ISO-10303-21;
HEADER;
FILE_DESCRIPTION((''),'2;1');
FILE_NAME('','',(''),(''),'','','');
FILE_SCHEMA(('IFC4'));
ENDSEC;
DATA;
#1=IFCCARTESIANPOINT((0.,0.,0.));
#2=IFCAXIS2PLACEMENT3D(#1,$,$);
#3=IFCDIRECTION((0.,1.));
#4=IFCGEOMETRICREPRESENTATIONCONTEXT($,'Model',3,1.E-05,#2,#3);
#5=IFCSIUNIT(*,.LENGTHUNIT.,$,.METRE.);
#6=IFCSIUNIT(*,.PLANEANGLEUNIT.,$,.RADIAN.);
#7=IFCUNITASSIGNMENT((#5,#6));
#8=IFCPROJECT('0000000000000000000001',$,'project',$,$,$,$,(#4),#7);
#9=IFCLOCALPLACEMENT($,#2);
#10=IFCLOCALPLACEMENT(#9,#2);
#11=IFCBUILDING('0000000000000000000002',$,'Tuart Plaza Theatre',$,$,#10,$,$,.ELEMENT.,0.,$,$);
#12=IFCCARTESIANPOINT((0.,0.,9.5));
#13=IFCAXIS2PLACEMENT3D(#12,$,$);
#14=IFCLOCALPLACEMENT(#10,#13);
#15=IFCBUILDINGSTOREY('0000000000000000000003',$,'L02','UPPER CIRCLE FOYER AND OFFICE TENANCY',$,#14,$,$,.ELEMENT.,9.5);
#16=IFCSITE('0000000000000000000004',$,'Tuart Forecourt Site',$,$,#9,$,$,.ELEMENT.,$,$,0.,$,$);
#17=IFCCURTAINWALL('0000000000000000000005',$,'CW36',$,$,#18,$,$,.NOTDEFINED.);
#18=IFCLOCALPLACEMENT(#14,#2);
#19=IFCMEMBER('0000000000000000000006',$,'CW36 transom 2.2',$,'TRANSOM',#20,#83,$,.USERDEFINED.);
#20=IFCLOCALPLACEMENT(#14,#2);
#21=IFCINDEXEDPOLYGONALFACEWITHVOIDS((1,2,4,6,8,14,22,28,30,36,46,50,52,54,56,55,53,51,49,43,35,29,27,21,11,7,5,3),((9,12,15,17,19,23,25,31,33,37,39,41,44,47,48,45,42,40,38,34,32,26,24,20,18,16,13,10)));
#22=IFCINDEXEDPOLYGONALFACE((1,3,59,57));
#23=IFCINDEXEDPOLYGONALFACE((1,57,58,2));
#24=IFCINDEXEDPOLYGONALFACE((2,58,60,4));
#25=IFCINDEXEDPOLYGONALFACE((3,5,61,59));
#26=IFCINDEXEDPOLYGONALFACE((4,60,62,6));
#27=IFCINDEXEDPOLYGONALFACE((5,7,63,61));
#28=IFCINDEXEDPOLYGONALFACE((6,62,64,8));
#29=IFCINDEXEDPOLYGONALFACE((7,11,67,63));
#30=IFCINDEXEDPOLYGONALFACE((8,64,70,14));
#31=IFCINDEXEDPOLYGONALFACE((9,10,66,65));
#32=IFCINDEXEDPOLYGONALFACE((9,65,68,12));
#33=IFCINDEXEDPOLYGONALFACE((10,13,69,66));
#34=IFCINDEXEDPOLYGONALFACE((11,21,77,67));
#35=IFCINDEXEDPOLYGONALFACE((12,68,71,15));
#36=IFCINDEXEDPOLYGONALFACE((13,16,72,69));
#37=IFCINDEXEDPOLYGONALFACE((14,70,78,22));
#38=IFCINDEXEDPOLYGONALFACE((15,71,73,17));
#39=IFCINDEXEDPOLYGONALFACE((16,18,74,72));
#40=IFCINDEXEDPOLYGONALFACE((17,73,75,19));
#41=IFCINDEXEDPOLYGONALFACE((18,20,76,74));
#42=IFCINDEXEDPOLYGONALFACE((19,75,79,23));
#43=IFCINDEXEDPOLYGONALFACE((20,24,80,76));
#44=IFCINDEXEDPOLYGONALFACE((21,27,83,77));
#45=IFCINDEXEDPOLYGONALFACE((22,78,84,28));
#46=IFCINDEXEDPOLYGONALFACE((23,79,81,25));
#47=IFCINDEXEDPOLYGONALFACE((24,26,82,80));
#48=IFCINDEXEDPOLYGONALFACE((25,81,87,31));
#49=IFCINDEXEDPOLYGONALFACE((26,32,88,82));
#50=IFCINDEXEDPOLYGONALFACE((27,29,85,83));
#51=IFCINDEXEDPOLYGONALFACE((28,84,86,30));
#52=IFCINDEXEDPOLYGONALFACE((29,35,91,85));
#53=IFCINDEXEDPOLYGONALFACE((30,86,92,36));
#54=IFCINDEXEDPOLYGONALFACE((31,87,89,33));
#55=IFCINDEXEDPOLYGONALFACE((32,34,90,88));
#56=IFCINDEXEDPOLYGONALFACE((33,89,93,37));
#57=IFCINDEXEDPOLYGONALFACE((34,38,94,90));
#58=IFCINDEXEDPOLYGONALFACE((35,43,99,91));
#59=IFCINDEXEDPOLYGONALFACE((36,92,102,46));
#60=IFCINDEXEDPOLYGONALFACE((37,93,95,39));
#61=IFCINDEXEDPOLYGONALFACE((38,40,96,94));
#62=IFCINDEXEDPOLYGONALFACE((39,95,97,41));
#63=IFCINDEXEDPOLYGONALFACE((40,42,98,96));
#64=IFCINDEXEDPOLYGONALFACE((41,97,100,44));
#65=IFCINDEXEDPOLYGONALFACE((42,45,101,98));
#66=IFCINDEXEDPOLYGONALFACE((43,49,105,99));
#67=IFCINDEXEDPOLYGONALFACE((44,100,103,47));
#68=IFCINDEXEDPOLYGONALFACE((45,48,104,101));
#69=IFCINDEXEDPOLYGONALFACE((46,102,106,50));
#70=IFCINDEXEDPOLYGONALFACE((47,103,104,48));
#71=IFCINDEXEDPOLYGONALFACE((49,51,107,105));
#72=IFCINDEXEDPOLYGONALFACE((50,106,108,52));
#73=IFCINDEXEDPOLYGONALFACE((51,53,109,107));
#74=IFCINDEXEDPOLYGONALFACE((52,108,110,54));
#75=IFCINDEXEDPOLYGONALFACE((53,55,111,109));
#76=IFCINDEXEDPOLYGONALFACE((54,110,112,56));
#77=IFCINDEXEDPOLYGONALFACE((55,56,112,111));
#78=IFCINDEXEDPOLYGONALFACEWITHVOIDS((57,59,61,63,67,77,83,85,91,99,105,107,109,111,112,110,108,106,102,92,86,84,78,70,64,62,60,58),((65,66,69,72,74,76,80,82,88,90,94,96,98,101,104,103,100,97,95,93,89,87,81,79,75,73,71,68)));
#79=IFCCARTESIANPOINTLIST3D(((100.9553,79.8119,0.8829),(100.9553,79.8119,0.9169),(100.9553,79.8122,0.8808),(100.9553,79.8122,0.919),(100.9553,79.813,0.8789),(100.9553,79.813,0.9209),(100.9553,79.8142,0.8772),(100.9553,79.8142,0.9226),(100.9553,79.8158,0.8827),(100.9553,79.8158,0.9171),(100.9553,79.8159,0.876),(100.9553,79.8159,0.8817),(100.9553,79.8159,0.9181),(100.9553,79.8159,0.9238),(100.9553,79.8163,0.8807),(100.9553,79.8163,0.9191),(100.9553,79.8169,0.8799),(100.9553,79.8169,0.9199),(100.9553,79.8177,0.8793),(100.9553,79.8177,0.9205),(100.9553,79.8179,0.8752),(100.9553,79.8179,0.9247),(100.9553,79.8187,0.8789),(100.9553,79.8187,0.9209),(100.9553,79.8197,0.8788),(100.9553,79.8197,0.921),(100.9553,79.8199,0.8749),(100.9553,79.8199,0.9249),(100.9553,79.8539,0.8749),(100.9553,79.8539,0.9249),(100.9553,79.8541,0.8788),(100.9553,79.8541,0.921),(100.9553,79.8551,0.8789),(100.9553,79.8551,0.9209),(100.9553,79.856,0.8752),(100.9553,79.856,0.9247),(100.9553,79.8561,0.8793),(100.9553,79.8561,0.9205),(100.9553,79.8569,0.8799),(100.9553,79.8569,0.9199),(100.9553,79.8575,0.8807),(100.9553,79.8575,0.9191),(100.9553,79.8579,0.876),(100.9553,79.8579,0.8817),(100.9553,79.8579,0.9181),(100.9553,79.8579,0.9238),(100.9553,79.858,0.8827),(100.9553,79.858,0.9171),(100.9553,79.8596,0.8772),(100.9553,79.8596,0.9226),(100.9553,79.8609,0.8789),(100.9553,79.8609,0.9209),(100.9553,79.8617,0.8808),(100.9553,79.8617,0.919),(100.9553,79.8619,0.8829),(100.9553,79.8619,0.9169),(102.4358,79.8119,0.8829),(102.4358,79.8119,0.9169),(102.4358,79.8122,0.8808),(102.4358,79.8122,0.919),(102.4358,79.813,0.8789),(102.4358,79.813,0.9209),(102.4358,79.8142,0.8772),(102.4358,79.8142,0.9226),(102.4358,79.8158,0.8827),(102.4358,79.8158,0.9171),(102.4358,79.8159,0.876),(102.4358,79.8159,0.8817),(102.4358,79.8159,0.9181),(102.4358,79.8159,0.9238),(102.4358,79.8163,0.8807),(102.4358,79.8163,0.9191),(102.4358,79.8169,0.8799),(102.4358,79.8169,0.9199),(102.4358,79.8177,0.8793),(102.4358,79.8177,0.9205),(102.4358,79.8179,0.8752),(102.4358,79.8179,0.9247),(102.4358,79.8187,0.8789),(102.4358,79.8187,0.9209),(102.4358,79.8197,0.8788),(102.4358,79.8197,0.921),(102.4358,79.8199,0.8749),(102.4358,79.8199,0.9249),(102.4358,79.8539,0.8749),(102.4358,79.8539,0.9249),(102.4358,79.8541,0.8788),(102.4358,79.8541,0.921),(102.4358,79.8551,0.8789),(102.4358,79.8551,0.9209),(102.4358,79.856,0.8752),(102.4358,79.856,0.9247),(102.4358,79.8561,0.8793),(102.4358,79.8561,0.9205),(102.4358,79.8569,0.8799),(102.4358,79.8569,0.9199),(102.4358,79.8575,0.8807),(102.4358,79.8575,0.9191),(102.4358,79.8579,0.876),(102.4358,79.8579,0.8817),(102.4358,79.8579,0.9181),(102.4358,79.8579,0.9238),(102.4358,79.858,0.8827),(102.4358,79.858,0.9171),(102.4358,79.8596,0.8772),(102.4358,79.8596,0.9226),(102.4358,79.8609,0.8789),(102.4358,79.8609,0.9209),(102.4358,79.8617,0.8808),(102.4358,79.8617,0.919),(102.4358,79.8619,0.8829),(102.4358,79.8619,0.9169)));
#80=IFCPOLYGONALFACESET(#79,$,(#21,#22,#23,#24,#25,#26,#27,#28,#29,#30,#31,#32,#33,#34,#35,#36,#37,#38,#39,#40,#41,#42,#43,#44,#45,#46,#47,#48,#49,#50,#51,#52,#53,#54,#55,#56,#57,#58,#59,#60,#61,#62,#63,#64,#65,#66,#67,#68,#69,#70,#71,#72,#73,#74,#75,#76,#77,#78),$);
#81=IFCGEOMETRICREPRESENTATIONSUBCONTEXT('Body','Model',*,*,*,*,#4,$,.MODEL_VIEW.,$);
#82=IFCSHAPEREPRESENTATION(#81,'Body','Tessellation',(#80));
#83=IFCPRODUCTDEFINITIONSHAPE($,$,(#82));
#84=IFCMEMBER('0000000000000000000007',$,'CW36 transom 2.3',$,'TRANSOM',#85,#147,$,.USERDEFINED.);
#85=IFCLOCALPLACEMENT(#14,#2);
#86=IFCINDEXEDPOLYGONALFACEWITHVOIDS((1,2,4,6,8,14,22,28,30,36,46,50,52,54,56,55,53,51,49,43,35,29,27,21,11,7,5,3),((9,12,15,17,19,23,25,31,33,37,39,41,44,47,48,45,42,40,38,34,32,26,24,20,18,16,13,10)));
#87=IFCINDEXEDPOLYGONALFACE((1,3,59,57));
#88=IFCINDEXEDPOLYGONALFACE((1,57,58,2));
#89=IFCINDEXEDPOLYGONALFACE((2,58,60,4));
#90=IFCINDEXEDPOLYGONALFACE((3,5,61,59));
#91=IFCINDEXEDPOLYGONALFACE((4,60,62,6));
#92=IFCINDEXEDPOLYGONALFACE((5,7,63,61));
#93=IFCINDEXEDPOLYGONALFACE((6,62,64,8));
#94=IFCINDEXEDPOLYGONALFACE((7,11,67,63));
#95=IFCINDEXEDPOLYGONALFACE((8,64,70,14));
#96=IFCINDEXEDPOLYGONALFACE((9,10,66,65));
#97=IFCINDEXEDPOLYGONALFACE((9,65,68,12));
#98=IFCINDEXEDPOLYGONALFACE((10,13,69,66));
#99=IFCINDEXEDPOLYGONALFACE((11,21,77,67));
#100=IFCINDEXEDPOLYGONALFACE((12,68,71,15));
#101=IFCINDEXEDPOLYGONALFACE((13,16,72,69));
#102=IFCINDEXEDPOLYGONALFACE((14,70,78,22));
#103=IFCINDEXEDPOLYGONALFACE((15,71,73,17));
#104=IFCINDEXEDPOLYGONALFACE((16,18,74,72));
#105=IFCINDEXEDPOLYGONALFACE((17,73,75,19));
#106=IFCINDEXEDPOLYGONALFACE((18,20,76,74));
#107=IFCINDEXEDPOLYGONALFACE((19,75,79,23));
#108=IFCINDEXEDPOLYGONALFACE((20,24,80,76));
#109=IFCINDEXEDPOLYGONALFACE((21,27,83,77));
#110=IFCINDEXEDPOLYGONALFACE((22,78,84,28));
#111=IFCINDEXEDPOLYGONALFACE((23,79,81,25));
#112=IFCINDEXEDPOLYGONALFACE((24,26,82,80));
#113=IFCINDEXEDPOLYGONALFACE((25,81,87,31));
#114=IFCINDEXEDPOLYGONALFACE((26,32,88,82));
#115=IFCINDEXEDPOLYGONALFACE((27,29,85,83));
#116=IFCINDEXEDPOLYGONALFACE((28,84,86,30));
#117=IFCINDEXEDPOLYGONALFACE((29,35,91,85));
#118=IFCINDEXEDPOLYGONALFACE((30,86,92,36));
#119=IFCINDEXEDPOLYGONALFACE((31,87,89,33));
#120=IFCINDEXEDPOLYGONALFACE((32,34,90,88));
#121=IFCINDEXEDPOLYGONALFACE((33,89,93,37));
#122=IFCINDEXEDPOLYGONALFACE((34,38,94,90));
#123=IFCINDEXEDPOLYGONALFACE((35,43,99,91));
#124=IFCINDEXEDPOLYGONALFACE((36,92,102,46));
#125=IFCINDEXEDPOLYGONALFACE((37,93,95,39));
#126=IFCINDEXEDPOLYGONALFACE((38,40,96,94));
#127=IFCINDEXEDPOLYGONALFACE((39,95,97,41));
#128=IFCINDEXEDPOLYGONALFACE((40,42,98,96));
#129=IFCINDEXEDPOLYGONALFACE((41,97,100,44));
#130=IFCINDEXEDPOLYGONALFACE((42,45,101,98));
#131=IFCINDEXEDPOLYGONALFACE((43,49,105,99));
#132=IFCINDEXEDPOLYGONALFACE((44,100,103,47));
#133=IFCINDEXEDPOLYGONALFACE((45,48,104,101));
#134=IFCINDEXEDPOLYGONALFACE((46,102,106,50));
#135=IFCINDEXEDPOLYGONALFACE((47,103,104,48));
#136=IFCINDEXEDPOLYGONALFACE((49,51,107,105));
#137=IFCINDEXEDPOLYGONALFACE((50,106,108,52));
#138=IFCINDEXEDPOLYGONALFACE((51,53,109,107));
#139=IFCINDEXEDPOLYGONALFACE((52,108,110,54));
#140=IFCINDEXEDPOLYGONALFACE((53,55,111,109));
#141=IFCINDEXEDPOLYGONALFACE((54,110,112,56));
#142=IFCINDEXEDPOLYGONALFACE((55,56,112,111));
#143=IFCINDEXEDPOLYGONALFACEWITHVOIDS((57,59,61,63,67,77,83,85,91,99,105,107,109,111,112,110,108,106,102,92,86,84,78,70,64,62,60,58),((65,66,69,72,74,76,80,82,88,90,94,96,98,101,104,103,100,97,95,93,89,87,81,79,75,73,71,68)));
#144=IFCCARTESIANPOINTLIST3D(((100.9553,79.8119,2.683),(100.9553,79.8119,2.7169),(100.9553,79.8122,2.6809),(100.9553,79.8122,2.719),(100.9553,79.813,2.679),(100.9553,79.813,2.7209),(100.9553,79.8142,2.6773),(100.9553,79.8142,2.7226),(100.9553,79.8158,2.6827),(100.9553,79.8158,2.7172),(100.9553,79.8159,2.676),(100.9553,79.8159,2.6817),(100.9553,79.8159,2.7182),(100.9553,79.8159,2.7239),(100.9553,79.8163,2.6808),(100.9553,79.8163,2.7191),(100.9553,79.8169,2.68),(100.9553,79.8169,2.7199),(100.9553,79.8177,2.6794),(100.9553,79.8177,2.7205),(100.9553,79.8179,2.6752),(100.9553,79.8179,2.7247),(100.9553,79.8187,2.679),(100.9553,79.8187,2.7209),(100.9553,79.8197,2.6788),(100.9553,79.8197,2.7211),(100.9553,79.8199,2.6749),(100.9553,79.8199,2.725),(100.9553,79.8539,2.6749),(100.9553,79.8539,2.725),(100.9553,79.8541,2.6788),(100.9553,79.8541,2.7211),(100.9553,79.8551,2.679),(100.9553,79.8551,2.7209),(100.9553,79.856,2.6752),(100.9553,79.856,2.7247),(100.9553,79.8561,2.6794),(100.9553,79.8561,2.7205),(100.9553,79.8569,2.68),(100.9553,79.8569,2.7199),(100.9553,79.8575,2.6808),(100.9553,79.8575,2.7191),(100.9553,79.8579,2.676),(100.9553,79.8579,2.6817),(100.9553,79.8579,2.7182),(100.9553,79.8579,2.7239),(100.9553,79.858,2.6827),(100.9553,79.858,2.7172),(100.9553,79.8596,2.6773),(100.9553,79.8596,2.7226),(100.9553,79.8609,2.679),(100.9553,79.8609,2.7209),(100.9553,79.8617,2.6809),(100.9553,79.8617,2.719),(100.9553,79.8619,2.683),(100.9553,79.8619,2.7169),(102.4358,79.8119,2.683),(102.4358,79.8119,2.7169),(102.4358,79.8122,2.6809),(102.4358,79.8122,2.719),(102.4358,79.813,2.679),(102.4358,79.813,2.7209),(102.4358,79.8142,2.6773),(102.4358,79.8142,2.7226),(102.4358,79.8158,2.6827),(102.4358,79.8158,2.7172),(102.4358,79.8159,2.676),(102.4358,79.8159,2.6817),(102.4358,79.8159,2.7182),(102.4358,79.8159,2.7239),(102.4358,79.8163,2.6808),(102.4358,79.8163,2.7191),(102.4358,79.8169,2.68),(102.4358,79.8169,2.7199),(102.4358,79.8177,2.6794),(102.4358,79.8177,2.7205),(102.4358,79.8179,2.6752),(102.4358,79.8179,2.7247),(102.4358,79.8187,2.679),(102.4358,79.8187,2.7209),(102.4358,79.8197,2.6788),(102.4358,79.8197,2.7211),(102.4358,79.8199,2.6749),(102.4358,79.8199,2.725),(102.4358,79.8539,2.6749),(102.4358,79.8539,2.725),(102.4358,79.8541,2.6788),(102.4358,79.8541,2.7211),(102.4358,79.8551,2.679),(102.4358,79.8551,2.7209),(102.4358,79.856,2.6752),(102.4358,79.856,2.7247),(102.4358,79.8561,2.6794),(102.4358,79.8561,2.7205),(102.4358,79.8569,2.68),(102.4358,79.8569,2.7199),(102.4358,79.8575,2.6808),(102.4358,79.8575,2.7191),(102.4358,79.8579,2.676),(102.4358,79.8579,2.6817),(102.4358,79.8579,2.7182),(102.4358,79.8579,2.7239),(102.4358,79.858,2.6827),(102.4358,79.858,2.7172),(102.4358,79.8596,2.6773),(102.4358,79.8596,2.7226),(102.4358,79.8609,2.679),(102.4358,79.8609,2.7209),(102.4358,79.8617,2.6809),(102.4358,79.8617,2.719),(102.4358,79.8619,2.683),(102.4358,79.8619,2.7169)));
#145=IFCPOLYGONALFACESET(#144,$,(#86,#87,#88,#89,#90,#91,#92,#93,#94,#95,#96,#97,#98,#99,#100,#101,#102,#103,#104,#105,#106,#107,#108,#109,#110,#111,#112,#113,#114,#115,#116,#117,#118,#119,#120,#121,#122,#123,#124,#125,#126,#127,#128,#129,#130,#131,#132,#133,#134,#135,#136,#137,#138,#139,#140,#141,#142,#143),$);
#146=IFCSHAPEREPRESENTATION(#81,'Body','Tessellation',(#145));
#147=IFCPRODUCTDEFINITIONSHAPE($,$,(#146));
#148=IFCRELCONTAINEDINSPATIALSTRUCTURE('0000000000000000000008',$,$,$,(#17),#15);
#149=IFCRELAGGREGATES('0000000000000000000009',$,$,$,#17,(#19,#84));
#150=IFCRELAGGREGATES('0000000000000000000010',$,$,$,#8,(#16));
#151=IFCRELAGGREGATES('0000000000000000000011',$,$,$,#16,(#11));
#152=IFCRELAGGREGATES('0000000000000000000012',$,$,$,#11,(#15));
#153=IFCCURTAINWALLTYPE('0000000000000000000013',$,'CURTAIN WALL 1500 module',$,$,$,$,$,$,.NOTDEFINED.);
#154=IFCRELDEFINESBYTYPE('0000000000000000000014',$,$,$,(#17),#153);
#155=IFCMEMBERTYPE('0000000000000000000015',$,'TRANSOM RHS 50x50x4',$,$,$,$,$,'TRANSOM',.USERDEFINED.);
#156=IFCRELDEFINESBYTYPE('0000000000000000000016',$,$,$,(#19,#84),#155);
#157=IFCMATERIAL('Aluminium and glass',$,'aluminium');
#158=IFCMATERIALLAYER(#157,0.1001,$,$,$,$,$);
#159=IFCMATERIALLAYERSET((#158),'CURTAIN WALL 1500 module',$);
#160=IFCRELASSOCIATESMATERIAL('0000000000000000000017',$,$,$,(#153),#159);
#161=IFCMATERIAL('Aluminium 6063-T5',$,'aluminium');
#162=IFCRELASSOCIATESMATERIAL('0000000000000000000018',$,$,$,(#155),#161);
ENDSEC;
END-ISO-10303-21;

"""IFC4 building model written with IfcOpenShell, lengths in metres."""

from ifc_helpers import new_model, si_unit, direction, frame, origin, origin_2d, place, context, subcontext, project, spatial, hollow_rectangle, extrude, material, layer, layer_set, material_profile, profile_set, type_object, element, aggregate, save


model = new_model("IFC4")

# Units and contexts
model_context = context("Model", 3, precision=1e-05, world=origin(), true_north=direction((0.0, 1.0)))
body_context = subcontext(model_context, "Body", "Model", "MODEL_VIEW")
ifc_project = project(units=[si_unit("LENGTHUNIT", "METRE"), si_unit("PLANEANGLEUNIT", "RADIAN")], contexts=[model_context])

# Site, building, storey
site_placement = place(None, origin())
site = spatial("IfcSite", under=ifc_project, at=site_placement, Name="Tuart Forecourt Site", CompositionType="ELEMENT", RefElevation=0.0)
building_placement = place(site_placement, origin())
building = spatial("IfcBuilding", under=site, at=building_placement, Name="Tuart Plaza Theatre", CompositionType="ELEMENT", ElevationOfRefHeight=0.0)
storey_placement = place(building_placement, frame((0.0, 0.0, 9.5)))
storey = spatial("IfcBuildingStorey", under=building, at=storey_placement, Name="L02", Description="UPPER CIRCLE FOYER AND OFFICE TENANCY", CompositionType="ELEMENT", Elevation=9.5)

# Curtain wall
ifc_material_1 = material(Name="Aluminium and glass", Category="aluminium")
ifc_layer_1 = layer(ifc_material_1, 0.1001)
ifc_layer_set_1 = layer_set([ifc_layer_1], Name="CURTAIN WALL 1500 module")
curtain_wall_type = type_object("IfcCurtainWallType", Name="CURTAIN WALL 1500 module", PredefinedType="NOTDEFINED", material=ifc_layer_set_1)
curtain_wall_1_placement = place(storey_placement, origin())
curtain_wall_1 = element("IfcCurtainWall", 1, at=curtain_wall_1_placement, inside=storey, type_object=curtain_wall_type, Name="CW36", PredefinedType="NOTDEFINED")

# Shared definitions
ifc_material_2 = material(Name="Aluminium 6063-T5", Category="aluminium")
ifc_material_profile_1 = material_profile(ifc_material_2, hollow_rectangle(XDim=0.05, YDim=0.05, WallThickness=0.0039, InnerFilletRadius=0.0039, OuterFilletRadius=0.0081, at=origin_2d()), Name="RHS 50x50x4")
ifc_profile_set_1 = profile_set([ifc_material_profile_1], Name="Aluminium 6063-T5")
member_type_1 = type_object("IfcMemberType", Name="TRANSOM RHS 50x50x4", ElementType="TRANSOM", PredefinedType="USERDEFINED", material=ifc_profile_set_1)

# Members
member_1_placement = place(storey_placement, frame((100.9553, 79.8369, 0.8999), z_axis=(1.0, 0.0, 0.0), x_axis=(0.0, 1.0, 0.0)))
member_1 = element("IfcMember", 2, at=member_1_placement, type_object=member_type_1, Name="CW36 transom 2.2", ObjectType="TRANSOM", PredefinedType="USERDEFINED", context=body_context, shape_type="SweptSolid", body=[
    extrude(hollow_rectangle(XDim=0.05, YDim=0.05, WallThickness=0.0039, InnerFilletRadius=0.0039, OuterFilletRadius=0.0081, at=origin_2d()), origin(), (0.0, 0.0, 1.0), 1.4805),
])
member_2_placement = place(storey_placement, frame((100.9553, 79.8369, 2.7), z_axis=(1.0, 0.0, 0.0), x_axis=(0.0, 1.0, 0.0)))
member_2 = element("IfcMember", 3, at=member_2_placement, type_object=member_type_1, Name="CW36 transom 2.3", ObjectType="TRANSOM", PredefinedType="USERDEFINED", context=body_context, shape_type="SweptSolid", body=[
    extrude(hollow_rectangle(XDim=0.05, YDim=0.05, WallThickness=0.0039, InnerFilletRadius=0.0039, OuterFilletRadius=0.0081, at=origin_2d()), origin(), (0.0, 0.0, 1.0), 1.4805),
])

aggregate(curtain_wall_1, [member_1, member_2])

save(model, "model.ifc")
